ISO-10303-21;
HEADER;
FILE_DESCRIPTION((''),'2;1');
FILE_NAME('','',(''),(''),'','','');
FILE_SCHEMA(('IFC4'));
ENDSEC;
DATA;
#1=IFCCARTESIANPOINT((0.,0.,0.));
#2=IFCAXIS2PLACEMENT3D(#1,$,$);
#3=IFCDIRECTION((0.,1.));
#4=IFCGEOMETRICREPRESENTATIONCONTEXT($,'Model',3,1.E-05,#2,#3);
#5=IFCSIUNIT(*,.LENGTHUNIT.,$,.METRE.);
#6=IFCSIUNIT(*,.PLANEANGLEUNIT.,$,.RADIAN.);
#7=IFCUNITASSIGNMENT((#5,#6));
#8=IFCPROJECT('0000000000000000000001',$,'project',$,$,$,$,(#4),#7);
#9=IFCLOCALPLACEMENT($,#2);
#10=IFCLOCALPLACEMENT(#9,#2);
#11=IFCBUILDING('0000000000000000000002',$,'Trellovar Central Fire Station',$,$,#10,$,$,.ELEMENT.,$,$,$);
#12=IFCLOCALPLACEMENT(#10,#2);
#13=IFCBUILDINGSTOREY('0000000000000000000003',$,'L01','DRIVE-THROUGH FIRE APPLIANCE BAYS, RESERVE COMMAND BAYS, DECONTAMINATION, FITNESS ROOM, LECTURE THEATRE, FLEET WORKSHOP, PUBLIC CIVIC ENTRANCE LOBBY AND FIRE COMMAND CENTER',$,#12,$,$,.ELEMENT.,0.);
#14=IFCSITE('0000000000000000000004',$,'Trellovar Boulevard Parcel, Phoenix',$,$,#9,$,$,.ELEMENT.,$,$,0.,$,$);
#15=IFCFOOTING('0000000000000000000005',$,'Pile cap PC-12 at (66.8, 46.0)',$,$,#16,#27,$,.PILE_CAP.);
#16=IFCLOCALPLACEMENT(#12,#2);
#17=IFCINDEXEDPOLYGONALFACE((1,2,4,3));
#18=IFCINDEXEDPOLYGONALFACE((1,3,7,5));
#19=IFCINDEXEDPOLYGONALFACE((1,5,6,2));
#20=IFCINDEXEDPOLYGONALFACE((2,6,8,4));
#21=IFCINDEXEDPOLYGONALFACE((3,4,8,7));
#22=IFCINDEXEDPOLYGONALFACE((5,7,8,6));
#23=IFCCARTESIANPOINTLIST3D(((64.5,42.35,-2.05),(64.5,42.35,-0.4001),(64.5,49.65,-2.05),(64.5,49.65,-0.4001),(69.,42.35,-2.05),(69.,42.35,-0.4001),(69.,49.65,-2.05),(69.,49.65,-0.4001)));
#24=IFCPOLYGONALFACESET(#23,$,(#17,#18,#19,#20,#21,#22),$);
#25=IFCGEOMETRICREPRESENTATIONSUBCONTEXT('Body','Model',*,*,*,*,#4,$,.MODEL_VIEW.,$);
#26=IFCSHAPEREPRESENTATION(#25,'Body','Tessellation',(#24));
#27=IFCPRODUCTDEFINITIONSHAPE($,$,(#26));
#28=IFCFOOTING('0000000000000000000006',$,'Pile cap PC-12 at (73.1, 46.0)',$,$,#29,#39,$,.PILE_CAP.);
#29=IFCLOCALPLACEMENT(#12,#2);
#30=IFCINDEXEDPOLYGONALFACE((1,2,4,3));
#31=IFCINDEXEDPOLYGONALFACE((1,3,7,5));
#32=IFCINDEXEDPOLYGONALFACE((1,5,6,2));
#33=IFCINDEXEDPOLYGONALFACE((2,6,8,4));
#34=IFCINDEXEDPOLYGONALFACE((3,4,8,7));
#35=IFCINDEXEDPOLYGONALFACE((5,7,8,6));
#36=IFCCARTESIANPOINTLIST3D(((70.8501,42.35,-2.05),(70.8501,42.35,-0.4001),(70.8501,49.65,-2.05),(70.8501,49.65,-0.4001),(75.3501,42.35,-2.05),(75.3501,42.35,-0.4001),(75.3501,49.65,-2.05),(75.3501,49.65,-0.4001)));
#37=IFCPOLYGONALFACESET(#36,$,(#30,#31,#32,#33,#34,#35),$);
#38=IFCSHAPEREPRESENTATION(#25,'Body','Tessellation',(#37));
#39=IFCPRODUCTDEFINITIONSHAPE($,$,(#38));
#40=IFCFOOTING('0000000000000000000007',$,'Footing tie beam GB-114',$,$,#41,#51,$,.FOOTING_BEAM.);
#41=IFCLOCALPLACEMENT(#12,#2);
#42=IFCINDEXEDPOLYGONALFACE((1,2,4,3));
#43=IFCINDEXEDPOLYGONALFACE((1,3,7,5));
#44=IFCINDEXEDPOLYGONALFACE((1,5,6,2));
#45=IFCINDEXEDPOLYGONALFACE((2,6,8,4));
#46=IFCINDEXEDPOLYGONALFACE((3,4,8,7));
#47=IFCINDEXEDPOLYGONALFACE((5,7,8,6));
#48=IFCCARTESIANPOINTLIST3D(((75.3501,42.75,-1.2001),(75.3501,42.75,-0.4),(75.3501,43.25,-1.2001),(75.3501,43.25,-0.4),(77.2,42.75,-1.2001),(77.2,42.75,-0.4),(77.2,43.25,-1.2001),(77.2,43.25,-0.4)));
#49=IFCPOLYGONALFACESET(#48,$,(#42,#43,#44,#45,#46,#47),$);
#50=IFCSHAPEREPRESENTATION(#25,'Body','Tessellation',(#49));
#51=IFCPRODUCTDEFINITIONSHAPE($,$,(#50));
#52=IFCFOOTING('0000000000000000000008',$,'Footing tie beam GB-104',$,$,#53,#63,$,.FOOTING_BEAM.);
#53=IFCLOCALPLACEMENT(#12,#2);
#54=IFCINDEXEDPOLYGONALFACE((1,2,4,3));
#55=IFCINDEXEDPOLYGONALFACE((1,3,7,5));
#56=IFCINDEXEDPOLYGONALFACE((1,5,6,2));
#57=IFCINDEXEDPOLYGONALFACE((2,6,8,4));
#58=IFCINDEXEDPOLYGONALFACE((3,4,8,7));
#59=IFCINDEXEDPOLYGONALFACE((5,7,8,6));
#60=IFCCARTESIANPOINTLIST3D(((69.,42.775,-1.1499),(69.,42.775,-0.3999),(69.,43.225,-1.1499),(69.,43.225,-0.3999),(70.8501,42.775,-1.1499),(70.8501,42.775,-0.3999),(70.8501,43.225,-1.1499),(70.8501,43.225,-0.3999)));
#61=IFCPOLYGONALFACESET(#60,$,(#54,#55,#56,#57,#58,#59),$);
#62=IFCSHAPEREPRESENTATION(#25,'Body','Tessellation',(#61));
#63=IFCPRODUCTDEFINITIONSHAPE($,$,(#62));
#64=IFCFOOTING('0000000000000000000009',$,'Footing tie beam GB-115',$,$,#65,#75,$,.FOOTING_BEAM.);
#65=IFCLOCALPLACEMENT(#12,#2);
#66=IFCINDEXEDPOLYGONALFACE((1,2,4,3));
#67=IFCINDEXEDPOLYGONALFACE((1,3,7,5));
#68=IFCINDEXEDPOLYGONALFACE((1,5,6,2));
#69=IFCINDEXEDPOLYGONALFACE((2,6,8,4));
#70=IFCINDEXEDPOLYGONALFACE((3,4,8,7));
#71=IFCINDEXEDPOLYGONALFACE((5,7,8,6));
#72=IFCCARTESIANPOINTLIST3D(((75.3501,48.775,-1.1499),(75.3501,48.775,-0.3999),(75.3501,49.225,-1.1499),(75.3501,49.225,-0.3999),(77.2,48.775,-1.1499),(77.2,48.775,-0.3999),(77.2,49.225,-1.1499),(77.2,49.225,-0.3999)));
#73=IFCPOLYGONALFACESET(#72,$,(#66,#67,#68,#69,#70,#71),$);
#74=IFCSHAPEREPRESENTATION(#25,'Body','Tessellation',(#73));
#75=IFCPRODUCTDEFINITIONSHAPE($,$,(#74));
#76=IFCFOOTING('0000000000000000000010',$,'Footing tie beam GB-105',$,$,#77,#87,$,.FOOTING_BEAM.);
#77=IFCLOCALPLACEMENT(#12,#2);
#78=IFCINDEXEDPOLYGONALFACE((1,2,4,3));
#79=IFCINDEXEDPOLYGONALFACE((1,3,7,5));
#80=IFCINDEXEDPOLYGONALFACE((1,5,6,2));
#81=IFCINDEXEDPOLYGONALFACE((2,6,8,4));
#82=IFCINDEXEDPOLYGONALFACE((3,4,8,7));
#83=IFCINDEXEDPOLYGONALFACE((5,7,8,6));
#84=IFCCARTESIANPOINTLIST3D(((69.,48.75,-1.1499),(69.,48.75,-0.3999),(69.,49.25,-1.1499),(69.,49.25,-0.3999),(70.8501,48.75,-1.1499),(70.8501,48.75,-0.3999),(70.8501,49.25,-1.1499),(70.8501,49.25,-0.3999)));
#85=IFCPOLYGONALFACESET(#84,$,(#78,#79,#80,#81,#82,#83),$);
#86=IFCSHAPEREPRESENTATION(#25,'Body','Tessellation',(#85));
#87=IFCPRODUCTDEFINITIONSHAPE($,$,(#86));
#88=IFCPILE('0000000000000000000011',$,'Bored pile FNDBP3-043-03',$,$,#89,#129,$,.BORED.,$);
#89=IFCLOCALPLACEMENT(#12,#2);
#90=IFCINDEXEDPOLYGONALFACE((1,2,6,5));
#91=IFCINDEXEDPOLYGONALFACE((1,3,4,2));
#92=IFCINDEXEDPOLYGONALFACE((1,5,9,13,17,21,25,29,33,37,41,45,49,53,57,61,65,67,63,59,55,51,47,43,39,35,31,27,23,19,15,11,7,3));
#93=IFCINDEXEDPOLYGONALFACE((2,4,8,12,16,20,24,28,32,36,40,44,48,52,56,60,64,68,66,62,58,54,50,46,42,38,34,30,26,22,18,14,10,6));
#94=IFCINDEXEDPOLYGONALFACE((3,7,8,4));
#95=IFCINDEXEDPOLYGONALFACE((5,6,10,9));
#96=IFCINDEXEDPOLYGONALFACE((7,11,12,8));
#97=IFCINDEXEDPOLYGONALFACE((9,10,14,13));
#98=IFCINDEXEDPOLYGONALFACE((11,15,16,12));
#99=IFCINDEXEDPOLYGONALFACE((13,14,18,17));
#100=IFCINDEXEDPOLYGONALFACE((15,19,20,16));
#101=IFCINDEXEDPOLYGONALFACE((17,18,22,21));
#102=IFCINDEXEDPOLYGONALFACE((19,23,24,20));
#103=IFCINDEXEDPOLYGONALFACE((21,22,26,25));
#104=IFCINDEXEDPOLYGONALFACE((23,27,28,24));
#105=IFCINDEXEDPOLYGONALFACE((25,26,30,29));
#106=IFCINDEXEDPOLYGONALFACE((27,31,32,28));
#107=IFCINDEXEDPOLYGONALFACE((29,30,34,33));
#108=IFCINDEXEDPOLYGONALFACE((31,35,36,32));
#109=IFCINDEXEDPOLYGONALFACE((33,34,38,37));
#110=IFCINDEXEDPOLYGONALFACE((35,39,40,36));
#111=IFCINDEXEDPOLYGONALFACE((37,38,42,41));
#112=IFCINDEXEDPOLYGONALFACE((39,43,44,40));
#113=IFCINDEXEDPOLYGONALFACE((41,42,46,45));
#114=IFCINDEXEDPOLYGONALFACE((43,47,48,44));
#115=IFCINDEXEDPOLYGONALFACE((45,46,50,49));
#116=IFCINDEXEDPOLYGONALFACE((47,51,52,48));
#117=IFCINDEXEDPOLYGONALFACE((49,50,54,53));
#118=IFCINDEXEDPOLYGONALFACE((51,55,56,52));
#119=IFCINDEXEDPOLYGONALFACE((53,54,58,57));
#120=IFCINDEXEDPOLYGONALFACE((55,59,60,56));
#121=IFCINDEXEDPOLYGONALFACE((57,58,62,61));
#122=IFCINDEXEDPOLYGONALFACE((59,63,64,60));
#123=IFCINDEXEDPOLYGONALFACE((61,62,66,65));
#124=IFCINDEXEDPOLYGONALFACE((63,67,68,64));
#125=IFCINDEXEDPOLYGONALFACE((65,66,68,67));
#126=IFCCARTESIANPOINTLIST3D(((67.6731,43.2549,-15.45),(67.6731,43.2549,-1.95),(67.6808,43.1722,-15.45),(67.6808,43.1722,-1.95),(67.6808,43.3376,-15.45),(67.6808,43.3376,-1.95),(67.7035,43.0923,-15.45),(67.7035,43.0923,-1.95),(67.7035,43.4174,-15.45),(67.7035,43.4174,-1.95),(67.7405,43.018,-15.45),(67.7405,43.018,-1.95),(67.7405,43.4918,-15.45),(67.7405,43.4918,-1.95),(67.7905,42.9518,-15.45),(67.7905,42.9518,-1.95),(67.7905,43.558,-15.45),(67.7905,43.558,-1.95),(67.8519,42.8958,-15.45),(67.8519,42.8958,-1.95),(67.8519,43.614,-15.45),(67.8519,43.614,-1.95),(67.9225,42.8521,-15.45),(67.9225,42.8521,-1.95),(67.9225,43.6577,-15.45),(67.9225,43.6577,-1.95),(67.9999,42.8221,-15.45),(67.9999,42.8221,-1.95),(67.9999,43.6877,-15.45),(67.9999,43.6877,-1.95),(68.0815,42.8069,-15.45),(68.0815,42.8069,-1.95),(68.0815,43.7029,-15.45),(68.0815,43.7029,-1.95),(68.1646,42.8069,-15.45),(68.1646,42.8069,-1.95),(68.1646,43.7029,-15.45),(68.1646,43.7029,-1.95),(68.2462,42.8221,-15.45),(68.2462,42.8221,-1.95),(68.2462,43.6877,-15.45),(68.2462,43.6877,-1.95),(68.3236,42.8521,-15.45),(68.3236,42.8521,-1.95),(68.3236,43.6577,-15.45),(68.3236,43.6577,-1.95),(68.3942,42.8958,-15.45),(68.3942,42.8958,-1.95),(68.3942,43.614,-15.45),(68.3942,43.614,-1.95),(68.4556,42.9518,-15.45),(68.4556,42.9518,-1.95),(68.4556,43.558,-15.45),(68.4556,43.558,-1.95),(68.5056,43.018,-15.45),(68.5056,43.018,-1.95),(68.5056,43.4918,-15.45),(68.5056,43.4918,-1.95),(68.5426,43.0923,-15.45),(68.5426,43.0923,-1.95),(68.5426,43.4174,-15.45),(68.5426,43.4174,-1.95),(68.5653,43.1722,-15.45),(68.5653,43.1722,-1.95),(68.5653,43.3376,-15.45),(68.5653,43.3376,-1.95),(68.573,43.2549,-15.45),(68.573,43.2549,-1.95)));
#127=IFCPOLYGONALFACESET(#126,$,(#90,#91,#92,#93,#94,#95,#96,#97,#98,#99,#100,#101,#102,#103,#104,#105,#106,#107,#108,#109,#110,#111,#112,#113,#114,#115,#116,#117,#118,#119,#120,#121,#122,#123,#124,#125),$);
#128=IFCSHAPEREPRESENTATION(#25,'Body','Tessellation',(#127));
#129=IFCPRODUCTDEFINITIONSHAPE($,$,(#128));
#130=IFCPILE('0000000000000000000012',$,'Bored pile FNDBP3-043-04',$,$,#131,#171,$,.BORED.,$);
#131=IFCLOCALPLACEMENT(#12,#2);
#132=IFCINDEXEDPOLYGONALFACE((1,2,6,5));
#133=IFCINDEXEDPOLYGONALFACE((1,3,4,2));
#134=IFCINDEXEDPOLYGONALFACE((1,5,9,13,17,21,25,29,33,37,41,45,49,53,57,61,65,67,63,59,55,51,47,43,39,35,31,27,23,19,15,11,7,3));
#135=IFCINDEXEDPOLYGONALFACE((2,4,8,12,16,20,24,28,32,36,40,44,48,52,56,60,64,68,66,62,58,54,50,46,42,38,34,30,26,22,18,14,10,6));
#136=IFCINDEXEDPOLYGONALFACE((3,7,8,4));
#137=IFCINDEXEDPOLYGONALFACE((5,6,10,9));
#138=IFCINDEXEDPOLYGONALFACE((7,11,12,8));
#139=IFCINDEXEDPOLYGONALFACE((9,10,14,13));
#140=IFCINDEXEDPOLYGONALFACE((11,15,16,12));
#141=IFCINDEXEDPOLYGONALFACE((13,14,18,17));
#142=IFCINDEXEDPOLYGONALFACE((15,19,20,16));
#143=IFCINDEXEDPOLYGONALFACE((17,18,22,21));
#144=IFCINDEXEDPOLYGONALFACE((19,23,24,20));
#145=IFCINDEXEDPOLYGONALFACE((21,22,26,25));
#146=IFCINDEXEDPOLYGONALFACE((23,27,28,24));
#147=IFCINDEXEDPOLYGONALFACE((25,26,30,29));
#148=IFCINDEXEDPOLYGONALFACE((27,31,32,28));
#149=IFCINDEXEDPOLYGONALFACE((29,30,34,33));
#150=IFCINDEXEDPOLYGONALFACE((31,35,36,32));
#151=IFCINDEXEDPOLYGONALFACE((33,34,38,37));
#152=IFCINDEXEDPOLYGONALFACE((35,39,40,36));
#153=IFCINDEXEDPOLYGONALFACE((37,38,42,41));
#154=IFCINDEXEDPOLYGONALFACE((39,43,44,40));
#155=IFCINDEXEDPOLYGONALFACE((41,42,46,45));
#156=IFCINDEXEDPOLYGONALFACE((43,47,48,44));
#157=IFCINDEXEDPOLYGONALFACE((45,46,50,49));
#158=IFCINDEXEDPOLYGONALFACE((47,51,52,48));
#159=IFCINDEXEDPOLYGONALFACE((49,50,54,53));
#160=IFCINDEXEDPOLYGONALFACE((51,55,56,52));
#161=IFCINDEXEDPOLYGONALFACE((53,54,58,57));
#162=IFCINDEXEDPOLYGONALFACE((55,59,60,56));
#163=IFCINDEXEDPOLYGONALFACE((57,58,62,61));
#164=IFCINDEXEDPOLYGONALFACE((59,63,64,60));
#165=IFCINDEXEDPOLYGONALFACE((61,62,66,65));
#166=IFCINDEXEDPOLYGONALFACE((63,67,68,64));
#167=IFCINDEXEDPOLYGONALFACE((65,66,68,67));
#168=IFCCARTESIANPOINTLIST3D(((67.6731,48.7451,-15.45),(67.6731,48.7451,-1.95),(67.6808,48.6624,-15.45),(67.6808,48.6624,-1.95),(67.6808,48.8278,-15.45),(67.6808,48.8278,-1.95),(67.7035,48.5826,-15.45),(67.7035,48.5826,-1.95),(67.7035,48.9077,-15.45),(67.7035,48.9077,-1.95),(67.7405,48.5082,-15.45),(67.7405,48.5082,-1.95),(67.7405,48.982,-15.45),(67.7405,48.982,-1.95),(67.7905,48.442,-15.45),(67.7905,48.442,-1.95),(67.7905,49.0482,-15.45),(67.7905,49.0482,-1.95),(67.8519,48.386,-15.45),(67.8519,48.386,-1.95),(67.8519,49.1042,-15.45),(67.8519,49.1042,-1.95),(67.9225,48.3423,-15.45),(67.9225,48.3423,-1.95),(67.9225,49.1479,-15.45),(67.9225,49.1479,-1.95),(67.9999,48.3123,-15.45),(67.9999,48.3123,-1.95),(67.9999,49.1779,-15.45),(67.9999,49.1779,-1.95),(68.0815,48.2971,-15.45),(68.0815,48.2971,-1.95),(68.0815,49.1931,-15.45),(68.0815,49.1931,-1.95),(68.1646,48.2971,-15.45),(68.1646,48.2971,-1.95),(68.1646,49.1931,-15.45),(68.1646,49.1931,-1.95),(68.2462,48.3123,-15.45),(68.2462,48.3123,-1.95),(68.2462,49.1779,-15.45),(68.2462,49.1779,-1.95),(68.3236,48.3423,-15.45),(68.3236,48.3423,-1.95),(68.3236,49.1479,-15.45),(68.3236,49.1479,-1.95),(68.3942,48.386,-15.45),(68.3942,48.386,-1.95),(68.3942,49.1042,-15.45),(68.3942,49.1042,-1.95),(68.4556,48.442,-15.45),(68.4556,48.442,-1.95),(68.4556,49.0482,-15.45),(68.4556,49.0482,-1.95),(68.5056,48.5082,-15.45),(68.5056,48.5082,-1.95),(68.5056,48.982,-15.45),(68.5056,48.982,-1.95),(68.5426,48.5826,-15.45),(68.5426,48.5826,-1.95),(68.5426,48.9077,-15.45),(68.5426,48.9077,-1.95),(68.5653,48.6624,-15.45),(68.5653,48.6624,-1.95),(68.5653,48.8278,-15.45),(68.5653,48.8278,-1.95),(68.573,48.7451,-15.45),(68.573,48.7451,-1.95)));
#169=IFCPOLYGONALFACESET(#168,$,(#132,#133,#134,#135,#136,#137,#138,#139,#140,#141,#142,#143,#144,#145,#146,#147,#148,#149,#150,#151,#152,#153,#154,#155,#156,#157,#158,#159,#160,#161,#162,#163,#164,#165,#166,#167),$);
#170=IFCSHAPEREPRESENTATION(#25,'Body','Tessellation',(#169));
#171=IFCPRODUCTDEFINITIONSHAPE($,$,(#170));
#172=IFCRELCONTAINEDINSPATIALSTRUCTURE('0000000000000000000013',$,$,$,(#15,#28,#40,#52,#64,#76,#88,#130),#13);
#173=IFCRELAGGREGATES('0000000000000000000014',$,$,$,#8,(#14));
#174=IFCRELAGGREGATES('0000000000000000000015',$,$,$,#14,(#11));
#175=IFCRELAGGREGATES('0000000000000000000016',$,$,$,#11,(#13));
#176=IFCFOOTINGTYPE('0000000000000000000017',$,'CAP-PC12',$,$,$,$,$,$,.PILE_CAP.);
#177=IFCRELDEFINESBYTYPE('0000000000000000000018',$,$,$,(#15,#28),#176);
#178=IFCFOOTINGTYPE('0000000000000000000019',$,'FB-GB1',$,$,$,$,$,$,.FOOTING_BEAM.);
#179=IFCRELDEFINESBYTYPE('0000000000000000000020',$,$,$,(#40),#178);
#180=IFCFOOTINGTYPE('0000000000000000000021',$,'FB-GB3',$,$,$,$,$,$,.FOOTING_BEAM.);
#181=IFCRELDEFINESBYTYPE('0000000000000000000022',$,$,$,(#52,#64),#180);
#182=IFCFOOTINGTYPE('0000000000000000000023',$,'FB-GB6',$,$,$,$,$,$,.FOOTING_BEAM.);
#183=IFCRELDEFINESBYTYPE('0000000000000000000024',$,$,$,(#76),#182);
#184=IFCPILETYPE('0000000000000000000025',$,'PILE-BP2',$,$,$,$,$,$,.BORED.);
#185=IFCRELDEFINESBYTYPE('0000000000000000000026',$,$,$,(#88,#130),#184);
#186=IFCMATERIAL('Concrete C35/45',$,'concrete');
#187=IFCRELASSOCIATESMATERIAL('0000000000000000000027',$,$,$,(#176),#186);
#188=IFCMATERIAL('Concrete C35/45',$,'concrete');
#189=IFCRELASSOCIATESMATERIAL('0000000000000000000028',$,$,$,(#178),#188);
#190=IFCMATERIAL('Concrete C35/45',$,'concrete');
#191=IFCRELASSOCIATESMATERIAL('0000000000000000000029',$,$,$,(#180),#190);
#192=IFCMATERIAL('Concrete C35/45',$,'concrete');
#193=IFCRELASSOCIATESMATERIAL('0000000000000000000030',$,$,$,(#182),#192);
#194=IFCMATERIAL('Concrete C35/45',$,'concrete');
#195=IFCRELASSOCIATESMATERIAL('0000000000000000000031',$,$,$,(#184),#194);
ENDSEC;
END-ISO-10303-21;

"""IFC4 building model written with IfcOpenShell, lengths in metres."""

from ifc_helpers import new_model, si_unit, direction, frame, origin, origin_2d, place, context, subcontext, project, spatial, rectangle, circle, extrude, material, material_profile, profile_set, type_object, element, save


model = new_model("IFC4")

# Units and contexts
model_context = context("Model", 3, precision=1e-05, world=origin(), true_north=direction((0.0, 1.0)))
body_context = subcontext(model_context, "Body", "Model", "MODEL_VIEW")
ifc_project = project(units=[si_unit("LENGTHUNIT", "METRE"), si_unit("PLANEANGLEUNIT", "RADIAN")], contexts=[model_context])

# Site, building, storey
site_placement = place(None, origin())
site = spatial("IfcSite", under=ifc_project, at=site_placement, Name="Trellovar Boulevard Parcel, Phoenix", CompositionType="ELEMENT", RefElevation=0.0)
building_placement = place(site_placement, origin())
building = spatial("IfcBuilding", under=site, at=building_placement, Name="Trellovar Central Fire Station", CompositionType="ELEMENT")
storey_placement = place(building_placement, origin())
storey = spatial("IfcBuildingStorey", under=building, at=storey_placement, Name="L01", Description="DRIVE-THROUGH FIRE APPLIANCE BAYS, RESERVE COMMAND BAYS, DECONTAMINATION, FITNESS ROOM, LECTURE THEATRE, FLEET WORKSHOP, PUBLIC CIVIC ENTRANCE LOBBY AND FIRE COMMAND CENTER", CompositionType="ELEMENT", Elevation=0.0)

# Footings
ifc_material_1 = material(Name="Concrete C35/45", Category="concrete")
footing_type_1 = type_object("IfcFootingType", Name="CAP-PC12", PredefinedType="PILE_CAP", material=ifc_material_1)
for number, where, z_axis, x_axis, name in (
    (1, (66.75, 46.0, -2.05), (0.0, 0.0, 1.0), (1.0, 0.0, 0.0), "Pile cap PC-12 at (66.8, 46.0)"),
    (2, (73.1001, 46.0, -2.05), (0.0, 0.0, 1.0), (1.0, 0.0, 0.0), "Pile cap PC-12 at (73.1, 46.0)"),
):
    element("IfcFooting", number, at=place(storey_placement, frame(where, z_axis=z_axis, x_axis=x_axis)), inside=storey, type_object=footing_type_1, Name=name, PredefinedType="PILE_CAP", context=body_context, shape_type="SweptSolid", body=[
        extrude(rectangle(XDim=4.5, YDim=7.3, at=origin_2d()), origin(), (0.0, 0.0, 1.0), 1.6499),
    ])
ifc_material_2 = material(Name="Concrete C35/45", Category="concrete")
ifc_material_profile_1 = material_profile(ifc_material_2, rectangle(XDim=0.5, YDim=0.8, at=origin_2d()), Name="RC500X800")
ifc_profile_set_1 = profile_set([ifc_material_profile_1], Name="Concrete C35/45")
footing_type_2 = type_object("IfcFootingType", Name="FB-GB1", PredefinedType="FOOTING_BEAM", material=ifc_profile_set_1)
footing_1_placement = place(storey_placement, frame((75.3501, 43.0, -0.8), z_axis=(1.0, 0.0, 0.0), x_axis=(0.0, 1.0, 0.0)))
element("IfcFooting", 3, at=footing_1_placement, inside=storey, type_object=footing_type_2, Name="Footing tie beam GB-114", PredefinedType="FOOTING_BEAM", context=body_context, shape_type="SweptSolid", body=[
    extrude(rectangle(XDim=0.5, YDim=0.8, at=origin_2d()), origin(), (0.0, 0.0, 1.0), 1.8499),
])
ifc_material_3 = material(Name="Concrete C35/45", Category="concrete")
ifc_material_profile_2 = material_profile(ifc_material_3, rectangle(XDim=0.45, YDim=0.75, at=origin_2d()), Name="RC450X750")
ifc_profile_set_2 = profile_set([ifc_material_profile_2], Name="Concrete C35/45")
footing_type_3 = type_object("IfcFootingType", Name="FB-GB3", PredefinedType="FOOTING_BEAM", material=ifc_profile_set_2)
footing_2_placement = place(storey_placement, frame((69.0, 43.0, -0.7749), z_axis=(1.0, 0.0, 0.0), x_axis=(0.0, 1.0, 0.0)))
element("IfcFooting", 4, at=footing_2_placement, inside=storey, type_object=footing_type_3, Name="Footing tie beam GB-104", PredefinedType="FOOTING_BEAM", context=body_context, shape_type="SweptSolid", body=[
    extrude(rectangle(XDim=0.45, YDim=0.75, at=origin_2d()), origin(), (0.0, 0.0, 1.0), 1.8501),
])
footing_3_placement = place(storey_placement, frame((75.3501, 49.0, -0.7749), z_axis=(1.0, 0.0, 0.0), x_axis=(0.0, 1.0, 0.0)))
element("IfcFooting", 5, at=footing_3_placement, inside=storey, type_object=footing_type_3, Name="Footing tie beam GB-115", PredefinedType="FOOTING_BEAM", context=body_context, shape_type="SweptSolid", body=[
    extrude(rectangle(XDim=0.45, YDim=0.75, at=origin_2d()), origin(), (0.0, 0.0, 1.0), 1.8499),
])
ifc_material_4 = material(Name="Concrete C35/45", Category="concrete")
ifc_material_profile_3 = material_profile(ifc_material_4, rectangle(XDim=0.5, YDim=0.75, at=origin_2d()), Name="RC500X750")
ifc_profile_set_3 = profile_set([ifc_material_profile_3], Name="Concrete C35/45")
footing_type_4 = type_object("IfcFootingType", Name="FB-GB6", PredefinedType="FOOTING_BEAM", material=ifc_profile_set_3)
footing_4_placement = place(storey_placement, frame((69.0, 49.0, -0.7749), z_axis=(1.0, 0.0, 0.0), x_axis=(0.0, 1.0, 0.0)))
element("IfcFooting", 6, at=footing_4_placement, inside=storey, type_object=footing_type_4, Name="Footing tie beam GB-105", PredefinedType="FOOTING_BEAM", context=body_context, shape_type="SweptSolid", body=[
    extrude(rectangle(XDim=0.5, YDim=0.75, at=origin_2d()), origin(), (0.0, 0.0, 1.0), 1.8501),
])

# Piles
ifc_material_5 = material(Name="Concrete C35/45", Category="concrete")
ifc_material_profile_4 = material_profile(ifc_material_5, circle(Radius=0.45, at=origin_2d()), Name="PILE900")
ifc_profile_set_4 = profile_set([ifc_material_profile_4], Name="Concrete C35/45")
pile_type = type_object("IfcPileType", Name="PILE-BP2", PredefinedType="BORED", material=ifc_profile_set_4)
for number, where, z_axis, x_axis, name in (
    (7, (68.123, 43.2549, -1.95), (0.0, 0.0, -1.0), (1.0, 0.0, 0.0), "Bored pile FNDBP3-043-03"),
    (8, (68.123, 48.7451, -1.95), (0.0, 0.0, -1.0), (1.0, 0.0, 0.0), "Bored pile FNDBP3-043-04"),
):
    element("IfcPile", number, at=place(storey_placement, frame(where, z_axis=z_axis, x_axis=x_axis)), inside=storey, type_object=pile_type, Name=name, PredefinedType="BORED", context=body_context, shape_type="SweptSolid", body=[
        extrude(circle(Radius=0.45, at=origin_2d()), origin(), (0.0, 0.0, 1.0), 13.5),
    ])

save(model, "model.ifc")
